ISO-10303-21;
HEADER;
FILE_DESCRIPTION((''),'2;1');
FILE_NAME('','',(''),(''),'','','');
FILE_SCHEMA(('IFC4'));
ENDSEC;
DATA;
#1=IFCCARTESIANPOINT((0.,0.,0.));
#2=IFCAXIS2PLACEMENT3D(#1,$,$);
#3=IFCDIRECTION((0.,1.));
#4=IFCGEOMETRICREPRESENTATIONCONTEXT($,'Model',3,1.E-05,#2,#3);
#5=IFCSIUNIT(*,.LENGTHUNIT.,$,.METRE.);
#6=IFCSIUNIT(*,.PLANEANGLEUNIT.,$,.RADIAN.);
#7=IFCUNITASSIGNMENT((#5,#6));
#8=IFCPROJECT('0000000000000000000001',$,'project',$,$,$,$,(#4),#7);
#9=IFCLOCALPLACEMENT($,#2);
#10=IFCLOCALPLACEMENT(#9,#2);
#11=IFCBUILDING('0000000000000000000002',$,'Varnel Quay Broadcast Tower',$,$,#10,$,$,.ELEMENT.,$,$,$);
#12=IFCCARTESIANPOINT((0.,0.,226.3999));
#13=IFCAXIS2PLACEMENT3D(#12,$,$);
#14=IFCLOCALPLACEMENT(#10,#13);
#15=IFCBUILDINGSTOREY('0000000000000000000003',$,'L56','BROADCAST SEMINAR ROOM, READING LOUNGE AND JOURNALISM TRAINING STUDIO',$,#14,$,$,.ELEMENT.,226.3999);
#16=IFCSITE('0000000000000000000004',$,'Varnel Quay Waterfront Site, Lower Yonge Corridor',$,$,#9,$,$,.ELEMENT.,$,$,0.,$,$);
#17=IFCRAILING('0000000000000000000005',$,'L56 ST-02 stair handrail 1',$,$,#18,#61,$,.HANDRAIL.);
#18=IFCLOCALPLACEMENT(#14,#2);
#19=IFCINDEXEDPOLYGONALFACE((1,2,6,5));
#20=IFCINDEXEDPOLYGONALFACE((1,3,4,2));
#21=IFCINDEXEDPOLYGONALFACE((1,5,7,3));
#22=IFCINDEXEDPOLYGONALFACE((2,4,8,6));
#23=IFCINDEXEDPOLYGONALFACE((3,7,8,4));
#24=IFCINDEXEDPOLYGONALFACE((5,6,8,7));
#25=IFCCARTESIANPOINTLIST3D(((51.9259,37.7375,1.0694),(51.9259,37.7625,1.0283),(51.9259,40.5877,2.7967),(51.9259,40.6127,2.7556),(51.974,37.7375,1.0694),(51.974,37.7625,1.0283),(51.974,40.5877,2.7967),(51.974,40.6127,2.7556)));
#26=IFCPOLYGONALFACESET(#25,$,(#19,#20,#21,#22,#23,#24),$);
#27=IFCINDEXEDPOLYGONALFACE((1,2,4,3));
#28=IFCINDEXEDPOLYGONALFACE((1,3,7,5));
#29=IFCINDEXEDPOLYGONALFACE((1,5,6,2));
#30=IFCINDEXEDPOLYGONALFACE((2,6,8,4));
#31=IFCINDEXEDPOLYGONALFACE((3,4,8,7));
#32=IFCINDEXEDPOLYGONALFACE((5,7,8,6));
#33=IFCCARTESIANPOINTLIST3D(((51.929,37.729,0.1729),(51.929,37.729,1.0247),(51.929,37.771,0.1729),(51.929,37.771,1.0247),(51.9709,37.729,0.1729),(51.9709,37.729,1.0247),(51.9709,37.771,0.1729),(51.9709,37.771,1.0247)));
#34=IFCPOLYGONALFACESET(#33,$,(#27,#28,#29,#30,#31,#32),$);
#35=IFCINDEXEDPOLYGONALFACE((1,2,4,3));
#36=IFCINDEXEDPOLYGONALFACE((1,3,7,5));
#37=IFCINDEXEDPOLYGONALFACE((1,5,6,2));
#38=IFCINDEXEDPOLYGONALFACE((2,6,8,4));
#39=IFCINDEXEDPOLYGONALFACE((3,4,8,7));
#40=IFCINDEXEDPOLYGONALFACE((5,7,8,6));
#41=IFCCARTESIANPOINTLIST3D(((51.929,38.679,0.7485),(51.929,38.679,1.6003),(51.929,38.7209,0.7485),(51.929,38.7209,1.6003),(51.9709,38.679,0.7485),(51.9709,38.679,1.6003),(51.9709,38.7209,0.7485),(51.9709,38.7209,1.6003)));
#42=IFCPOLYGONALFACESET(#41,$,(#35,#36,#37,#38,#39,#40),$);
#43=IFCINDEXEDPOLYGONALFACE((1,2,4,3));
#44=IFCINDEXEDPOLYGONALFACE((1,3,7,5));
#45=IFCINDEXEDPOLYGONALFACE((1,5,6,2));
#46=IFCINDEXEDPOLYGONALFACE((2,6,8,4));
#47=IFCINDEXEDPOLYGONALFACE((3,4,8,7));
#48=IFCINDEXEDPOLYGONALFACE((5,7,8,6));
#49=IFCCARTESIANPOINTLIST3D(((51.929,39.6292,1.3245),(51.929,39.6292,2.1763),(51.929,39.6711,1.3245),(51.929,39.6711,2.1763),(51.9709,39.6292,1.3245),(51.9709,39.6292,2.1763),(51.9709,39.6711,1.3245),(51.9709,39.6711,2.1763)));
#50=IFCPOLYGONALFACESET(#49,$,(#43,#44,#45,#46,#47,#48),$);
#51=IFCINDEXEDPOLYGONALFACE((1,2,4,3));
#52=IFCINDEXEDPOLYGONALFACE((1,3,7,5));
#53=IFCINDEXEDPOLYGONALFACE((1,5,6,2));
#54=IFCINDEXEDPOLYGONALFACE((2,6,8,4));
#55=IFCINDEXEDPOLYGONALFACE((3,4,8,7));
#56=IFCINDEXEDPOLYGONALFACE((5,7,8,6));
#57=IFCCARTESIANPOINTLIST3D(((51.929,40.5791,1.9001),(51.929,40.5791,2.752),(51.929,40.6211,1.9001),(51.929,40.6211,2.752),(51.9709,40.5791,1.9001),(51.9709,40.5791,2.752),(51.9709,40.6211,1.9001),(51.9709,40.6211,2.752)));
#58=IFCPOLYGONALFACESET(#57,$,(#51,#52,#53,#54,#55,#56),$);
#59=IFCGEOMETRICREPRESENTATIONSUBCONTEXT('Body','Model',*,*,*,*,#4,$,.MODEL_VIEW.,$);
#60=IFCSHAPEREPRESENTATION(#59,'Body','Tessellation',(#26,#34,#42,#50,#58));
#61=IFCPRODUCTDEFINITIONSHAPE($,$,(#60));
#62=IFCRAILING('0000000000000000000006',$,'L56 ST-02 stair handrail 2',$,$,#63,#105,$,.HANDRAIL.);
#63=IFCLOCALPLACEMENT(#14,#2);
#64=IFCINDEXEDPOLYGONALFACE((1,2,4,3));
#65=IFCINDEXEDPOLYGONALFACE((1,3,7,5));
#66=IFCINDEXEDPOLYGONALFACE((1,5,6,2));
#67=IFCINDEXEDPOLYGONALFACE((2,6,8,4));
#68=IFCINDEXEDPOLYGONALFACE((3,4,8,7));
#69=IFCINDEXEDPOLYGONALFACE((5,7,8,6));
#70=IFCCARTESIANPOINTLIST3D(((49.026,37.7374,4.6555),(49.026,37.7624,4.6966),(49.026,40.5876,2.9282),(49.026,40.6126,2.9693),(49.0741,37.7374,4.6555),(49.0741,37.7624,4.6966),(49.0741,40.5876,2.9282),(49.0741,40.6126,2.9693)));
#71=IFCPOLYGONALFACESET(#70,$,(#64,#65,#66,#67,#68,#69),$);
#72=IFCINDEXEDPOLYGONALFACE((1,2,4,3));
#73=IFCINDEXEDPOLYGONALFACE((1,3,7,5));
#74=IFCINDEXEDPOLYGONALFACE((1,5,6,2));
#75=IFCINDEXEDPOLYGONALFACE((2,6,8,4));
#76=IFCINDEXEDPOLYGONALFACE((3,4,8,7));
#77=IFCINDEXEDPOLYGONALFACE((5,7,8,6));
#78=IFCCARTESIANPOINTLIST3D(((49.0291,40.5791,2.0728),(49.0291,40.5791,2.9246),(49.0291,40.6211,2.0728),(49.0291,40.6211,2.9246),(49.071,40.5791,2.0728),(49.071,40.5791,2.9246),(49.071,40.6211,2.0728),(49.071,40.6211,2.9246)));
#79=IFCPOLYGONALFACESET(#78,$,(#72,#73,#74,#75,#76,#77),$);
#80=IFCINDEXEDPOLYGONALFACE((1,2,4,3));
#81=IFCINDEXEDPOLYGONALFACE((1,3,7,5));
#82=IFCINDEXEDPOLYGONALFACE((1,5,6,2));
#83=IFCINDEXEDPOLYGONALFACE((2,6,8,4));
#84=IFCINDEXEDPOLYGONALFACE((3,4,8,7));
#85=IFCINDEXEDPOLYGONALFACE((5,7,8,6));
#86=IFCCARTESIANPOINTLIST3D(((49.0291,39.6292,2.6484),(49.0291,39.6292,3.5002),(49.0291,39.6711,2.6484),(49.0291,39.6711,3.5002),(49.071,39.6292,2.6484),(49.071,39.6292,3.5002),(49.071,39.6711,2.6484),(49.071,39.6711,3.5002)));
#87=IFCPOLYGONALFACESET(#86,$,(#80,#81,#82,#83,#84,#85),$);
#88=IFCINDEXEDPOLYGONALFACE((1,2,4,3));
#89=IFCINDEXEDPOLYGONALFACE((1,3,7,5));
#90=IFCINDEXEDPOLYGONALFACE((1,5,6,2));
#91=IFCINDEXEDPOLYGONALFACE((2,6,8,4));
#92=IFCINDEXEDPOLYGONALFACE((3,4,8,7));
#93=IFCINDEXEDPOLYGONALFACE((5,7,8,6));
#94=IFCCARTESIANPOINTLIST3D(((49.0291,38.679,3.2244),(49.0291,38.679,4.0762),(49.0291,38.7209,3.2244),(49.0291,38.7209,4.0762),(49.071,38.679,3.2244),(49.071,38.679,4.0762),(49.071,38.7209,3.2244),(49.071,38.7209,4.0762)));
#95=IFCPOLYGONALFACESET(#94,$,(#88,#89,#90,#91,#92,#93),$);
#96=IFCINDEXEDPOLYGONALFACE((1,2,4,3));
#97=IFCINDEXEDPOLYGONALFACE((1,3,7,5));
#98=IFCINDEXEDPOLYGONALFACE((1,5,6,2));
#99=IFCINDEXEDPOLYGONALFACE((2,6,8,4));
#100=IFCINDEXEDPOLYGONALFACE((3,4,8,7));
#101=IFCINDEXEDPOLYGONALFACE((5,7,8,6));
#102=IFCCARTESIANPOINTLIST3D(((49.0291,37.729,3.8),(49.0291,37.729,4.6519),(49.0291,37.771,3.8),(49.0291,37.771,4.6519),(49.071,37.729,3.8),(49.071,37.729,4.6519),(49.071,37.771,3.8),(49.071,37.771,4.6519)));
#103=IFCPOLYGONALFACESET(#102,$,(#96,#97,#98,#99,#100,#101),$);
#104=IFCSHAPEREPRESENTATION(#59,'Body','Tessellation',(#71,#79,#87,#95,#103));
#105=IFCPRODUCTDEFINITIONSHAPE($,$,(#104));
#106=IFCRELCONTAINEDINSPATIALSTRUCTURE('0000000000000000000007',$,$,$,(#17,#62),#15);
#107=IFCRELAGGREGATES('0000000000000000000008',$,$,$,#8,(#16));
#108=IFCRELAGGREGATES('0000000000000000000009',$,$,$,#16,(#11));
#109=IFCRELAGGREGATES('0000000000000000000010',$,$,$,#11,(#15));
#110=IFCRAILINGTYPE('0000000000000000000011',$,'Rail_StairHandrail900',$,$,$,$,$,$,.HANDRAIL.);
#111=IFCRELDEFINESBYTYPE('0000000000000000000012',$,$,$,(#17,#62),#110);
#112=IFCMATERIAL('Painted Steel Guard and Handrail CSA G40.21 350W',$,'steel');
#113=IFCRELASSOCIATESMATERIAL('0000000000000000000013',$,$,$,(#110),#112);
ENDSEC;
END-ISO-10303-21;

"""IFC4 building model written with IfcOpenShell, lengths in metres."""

from ifc_helpers import new_model, si_unit, direction, frame, origin, origin_2d, place, context, subcontext, project, spatial, rectangle, extrude, material, type_object, element, save


model = new_model("IFC4")

# Units and contexts
model_context = context("Model", 3, precision=1e-05, world=origin(), true_north=direction((0.0, 1.0)))
body_context = subcontext(model_context, "Body", "Model", "MODEL_VIEW")
ifc_project = project(units=[si_unit("LENGTHUNIT", "METRE"), si_unit("PLANEANGLEUNIT", "RADIAN")], contexts=[model_context])

# Site, building, storey
site_placement = place(None, origin())
site = spatial("IfcSite", under=ifc_project, at=site_placement, Name="Varnel Quay Waterfront Site, Lower Yonge Corridor", CompositionType="ELEMENT", RefElevation=0.0)
building_placement = place(site_placement, origin())
building = spatial("IfcBuilding", under=site, at=building_placement, Name="Varnel Quay Broadcast Tower", CompositionType="ELEMENT")
storey_placement = place(building_placement, frame((0.0, 0.0, 226.3999)))
storey = spatial("IfcBuildingStorey", under=building, at=storey_placement, Name="L56", Description="BROADCAST SEMINAR ROOM, READING LOUNGE AND JOURNALISM TRAINING STUDIO", CompositionType="ELEMENT", Elevation=226.3999)

# Railings
ifc_material_1 = material(Name="Painted Steel Guard and Handrail CSA G40.21 350W", Category="steel")
railing_type_1 = type_object("IfcRailingType", Name="Rail_StairHandrail900", PredefinedType="HANDRAIL", material=ifc_material_1)
railing_1_placement = place(storey_placement, frame((51.95, 37.75, 0.1729)))
element("IfcRailing", 1, at=railing_1_placement, inside=storey, type_object=railing_type_1, Name="L56 ST-02 stair handrail 1", PredefinedType="HANDRAIL", context=body_context, shape_type="SweptSolid", body=[
    extrude(rectangle(XDim=0.0481, YDim=0.0481, at=origin_2d()), frame((0.0, 0.0, 0.876), z_axis=(0.0, 0.855203, 0.518294), x_axis=(-1.0, 0.0, 0.0)), (0.0, 0.0, 1.0), 3.3328),
    extrude(rectangle(XDim=0.042, YDim=0.042, at=origin_2d()), origin(), (0.0, 0.0, 1.0), 0.8518),
    extrude(rectangle(XDim=0.042, YDim=0.042, at=origin_2d()), frame((0.0, 0.95, 0.5757)), (0.0, 0.0, 1.0), 0.8518),
    extrude(rectangle(XDim=0.042, YDim=0.042, at=origin_2d()), frame((0.0, 1.9001, 1.1516)), (0.0, 0.0, 1.0), 0.8518),
    extrude(rectangle(XDim=0.042, YDim=0.042, at=origin_2d()), frame((0.0, 2.8501, 1.7273)), (0.0, 0.0, 1.0), 0.8518),
])
railing_2_placement = place(storey_placement, frame((49.05, 40.6001, 2.0728)))
element("IfcRailing", 2, at=railing_2_placement, inside=storey, type_object=railing_type_1, Name="L56 ST-02 stair handrail 2", PredefinedType="HANDRAIL", context=body_context, shape_type="SweptSolid", body=[
    extrude(rectangle(XDim=0.0481, YDim=0.0481, at=origin_2d()), frame((0.0, 0.0, 0.876), z_axis=(0.0, -0.855203, 0.518294), x_axis=(1.0, 0.0, 0.0)), (0.0, 0.0, 1.0), 3.3328),
    extrude(rectangle(XDim=0.042, YDim=0.042, at=origin_2d()), origin(), (0.0, 0.0, 1.0), 0.8518),
    extrude(rectangle(XDim=0.042, YDim=0.042, at=origin_2d()), frame((0.0, -0.95, 0.5757)), (0.0, 0.0, 1.0), 0.8518),
    extrude(rectangle(XDim=0.042, YDim=0.042, at=origin_2d()), frame((0.0, -1.9001, 1.1516)), (0.0, 0.0, 1.0), 0.8518),
    extrude(rectangle(XDim=0.042, YDim=0.042, at=origin_2d()), frame((0.0, -2.8501, 1.7273)), (0.0, 0.0, 1.0), 0.8518),
])

save(model, "model.ifc")
